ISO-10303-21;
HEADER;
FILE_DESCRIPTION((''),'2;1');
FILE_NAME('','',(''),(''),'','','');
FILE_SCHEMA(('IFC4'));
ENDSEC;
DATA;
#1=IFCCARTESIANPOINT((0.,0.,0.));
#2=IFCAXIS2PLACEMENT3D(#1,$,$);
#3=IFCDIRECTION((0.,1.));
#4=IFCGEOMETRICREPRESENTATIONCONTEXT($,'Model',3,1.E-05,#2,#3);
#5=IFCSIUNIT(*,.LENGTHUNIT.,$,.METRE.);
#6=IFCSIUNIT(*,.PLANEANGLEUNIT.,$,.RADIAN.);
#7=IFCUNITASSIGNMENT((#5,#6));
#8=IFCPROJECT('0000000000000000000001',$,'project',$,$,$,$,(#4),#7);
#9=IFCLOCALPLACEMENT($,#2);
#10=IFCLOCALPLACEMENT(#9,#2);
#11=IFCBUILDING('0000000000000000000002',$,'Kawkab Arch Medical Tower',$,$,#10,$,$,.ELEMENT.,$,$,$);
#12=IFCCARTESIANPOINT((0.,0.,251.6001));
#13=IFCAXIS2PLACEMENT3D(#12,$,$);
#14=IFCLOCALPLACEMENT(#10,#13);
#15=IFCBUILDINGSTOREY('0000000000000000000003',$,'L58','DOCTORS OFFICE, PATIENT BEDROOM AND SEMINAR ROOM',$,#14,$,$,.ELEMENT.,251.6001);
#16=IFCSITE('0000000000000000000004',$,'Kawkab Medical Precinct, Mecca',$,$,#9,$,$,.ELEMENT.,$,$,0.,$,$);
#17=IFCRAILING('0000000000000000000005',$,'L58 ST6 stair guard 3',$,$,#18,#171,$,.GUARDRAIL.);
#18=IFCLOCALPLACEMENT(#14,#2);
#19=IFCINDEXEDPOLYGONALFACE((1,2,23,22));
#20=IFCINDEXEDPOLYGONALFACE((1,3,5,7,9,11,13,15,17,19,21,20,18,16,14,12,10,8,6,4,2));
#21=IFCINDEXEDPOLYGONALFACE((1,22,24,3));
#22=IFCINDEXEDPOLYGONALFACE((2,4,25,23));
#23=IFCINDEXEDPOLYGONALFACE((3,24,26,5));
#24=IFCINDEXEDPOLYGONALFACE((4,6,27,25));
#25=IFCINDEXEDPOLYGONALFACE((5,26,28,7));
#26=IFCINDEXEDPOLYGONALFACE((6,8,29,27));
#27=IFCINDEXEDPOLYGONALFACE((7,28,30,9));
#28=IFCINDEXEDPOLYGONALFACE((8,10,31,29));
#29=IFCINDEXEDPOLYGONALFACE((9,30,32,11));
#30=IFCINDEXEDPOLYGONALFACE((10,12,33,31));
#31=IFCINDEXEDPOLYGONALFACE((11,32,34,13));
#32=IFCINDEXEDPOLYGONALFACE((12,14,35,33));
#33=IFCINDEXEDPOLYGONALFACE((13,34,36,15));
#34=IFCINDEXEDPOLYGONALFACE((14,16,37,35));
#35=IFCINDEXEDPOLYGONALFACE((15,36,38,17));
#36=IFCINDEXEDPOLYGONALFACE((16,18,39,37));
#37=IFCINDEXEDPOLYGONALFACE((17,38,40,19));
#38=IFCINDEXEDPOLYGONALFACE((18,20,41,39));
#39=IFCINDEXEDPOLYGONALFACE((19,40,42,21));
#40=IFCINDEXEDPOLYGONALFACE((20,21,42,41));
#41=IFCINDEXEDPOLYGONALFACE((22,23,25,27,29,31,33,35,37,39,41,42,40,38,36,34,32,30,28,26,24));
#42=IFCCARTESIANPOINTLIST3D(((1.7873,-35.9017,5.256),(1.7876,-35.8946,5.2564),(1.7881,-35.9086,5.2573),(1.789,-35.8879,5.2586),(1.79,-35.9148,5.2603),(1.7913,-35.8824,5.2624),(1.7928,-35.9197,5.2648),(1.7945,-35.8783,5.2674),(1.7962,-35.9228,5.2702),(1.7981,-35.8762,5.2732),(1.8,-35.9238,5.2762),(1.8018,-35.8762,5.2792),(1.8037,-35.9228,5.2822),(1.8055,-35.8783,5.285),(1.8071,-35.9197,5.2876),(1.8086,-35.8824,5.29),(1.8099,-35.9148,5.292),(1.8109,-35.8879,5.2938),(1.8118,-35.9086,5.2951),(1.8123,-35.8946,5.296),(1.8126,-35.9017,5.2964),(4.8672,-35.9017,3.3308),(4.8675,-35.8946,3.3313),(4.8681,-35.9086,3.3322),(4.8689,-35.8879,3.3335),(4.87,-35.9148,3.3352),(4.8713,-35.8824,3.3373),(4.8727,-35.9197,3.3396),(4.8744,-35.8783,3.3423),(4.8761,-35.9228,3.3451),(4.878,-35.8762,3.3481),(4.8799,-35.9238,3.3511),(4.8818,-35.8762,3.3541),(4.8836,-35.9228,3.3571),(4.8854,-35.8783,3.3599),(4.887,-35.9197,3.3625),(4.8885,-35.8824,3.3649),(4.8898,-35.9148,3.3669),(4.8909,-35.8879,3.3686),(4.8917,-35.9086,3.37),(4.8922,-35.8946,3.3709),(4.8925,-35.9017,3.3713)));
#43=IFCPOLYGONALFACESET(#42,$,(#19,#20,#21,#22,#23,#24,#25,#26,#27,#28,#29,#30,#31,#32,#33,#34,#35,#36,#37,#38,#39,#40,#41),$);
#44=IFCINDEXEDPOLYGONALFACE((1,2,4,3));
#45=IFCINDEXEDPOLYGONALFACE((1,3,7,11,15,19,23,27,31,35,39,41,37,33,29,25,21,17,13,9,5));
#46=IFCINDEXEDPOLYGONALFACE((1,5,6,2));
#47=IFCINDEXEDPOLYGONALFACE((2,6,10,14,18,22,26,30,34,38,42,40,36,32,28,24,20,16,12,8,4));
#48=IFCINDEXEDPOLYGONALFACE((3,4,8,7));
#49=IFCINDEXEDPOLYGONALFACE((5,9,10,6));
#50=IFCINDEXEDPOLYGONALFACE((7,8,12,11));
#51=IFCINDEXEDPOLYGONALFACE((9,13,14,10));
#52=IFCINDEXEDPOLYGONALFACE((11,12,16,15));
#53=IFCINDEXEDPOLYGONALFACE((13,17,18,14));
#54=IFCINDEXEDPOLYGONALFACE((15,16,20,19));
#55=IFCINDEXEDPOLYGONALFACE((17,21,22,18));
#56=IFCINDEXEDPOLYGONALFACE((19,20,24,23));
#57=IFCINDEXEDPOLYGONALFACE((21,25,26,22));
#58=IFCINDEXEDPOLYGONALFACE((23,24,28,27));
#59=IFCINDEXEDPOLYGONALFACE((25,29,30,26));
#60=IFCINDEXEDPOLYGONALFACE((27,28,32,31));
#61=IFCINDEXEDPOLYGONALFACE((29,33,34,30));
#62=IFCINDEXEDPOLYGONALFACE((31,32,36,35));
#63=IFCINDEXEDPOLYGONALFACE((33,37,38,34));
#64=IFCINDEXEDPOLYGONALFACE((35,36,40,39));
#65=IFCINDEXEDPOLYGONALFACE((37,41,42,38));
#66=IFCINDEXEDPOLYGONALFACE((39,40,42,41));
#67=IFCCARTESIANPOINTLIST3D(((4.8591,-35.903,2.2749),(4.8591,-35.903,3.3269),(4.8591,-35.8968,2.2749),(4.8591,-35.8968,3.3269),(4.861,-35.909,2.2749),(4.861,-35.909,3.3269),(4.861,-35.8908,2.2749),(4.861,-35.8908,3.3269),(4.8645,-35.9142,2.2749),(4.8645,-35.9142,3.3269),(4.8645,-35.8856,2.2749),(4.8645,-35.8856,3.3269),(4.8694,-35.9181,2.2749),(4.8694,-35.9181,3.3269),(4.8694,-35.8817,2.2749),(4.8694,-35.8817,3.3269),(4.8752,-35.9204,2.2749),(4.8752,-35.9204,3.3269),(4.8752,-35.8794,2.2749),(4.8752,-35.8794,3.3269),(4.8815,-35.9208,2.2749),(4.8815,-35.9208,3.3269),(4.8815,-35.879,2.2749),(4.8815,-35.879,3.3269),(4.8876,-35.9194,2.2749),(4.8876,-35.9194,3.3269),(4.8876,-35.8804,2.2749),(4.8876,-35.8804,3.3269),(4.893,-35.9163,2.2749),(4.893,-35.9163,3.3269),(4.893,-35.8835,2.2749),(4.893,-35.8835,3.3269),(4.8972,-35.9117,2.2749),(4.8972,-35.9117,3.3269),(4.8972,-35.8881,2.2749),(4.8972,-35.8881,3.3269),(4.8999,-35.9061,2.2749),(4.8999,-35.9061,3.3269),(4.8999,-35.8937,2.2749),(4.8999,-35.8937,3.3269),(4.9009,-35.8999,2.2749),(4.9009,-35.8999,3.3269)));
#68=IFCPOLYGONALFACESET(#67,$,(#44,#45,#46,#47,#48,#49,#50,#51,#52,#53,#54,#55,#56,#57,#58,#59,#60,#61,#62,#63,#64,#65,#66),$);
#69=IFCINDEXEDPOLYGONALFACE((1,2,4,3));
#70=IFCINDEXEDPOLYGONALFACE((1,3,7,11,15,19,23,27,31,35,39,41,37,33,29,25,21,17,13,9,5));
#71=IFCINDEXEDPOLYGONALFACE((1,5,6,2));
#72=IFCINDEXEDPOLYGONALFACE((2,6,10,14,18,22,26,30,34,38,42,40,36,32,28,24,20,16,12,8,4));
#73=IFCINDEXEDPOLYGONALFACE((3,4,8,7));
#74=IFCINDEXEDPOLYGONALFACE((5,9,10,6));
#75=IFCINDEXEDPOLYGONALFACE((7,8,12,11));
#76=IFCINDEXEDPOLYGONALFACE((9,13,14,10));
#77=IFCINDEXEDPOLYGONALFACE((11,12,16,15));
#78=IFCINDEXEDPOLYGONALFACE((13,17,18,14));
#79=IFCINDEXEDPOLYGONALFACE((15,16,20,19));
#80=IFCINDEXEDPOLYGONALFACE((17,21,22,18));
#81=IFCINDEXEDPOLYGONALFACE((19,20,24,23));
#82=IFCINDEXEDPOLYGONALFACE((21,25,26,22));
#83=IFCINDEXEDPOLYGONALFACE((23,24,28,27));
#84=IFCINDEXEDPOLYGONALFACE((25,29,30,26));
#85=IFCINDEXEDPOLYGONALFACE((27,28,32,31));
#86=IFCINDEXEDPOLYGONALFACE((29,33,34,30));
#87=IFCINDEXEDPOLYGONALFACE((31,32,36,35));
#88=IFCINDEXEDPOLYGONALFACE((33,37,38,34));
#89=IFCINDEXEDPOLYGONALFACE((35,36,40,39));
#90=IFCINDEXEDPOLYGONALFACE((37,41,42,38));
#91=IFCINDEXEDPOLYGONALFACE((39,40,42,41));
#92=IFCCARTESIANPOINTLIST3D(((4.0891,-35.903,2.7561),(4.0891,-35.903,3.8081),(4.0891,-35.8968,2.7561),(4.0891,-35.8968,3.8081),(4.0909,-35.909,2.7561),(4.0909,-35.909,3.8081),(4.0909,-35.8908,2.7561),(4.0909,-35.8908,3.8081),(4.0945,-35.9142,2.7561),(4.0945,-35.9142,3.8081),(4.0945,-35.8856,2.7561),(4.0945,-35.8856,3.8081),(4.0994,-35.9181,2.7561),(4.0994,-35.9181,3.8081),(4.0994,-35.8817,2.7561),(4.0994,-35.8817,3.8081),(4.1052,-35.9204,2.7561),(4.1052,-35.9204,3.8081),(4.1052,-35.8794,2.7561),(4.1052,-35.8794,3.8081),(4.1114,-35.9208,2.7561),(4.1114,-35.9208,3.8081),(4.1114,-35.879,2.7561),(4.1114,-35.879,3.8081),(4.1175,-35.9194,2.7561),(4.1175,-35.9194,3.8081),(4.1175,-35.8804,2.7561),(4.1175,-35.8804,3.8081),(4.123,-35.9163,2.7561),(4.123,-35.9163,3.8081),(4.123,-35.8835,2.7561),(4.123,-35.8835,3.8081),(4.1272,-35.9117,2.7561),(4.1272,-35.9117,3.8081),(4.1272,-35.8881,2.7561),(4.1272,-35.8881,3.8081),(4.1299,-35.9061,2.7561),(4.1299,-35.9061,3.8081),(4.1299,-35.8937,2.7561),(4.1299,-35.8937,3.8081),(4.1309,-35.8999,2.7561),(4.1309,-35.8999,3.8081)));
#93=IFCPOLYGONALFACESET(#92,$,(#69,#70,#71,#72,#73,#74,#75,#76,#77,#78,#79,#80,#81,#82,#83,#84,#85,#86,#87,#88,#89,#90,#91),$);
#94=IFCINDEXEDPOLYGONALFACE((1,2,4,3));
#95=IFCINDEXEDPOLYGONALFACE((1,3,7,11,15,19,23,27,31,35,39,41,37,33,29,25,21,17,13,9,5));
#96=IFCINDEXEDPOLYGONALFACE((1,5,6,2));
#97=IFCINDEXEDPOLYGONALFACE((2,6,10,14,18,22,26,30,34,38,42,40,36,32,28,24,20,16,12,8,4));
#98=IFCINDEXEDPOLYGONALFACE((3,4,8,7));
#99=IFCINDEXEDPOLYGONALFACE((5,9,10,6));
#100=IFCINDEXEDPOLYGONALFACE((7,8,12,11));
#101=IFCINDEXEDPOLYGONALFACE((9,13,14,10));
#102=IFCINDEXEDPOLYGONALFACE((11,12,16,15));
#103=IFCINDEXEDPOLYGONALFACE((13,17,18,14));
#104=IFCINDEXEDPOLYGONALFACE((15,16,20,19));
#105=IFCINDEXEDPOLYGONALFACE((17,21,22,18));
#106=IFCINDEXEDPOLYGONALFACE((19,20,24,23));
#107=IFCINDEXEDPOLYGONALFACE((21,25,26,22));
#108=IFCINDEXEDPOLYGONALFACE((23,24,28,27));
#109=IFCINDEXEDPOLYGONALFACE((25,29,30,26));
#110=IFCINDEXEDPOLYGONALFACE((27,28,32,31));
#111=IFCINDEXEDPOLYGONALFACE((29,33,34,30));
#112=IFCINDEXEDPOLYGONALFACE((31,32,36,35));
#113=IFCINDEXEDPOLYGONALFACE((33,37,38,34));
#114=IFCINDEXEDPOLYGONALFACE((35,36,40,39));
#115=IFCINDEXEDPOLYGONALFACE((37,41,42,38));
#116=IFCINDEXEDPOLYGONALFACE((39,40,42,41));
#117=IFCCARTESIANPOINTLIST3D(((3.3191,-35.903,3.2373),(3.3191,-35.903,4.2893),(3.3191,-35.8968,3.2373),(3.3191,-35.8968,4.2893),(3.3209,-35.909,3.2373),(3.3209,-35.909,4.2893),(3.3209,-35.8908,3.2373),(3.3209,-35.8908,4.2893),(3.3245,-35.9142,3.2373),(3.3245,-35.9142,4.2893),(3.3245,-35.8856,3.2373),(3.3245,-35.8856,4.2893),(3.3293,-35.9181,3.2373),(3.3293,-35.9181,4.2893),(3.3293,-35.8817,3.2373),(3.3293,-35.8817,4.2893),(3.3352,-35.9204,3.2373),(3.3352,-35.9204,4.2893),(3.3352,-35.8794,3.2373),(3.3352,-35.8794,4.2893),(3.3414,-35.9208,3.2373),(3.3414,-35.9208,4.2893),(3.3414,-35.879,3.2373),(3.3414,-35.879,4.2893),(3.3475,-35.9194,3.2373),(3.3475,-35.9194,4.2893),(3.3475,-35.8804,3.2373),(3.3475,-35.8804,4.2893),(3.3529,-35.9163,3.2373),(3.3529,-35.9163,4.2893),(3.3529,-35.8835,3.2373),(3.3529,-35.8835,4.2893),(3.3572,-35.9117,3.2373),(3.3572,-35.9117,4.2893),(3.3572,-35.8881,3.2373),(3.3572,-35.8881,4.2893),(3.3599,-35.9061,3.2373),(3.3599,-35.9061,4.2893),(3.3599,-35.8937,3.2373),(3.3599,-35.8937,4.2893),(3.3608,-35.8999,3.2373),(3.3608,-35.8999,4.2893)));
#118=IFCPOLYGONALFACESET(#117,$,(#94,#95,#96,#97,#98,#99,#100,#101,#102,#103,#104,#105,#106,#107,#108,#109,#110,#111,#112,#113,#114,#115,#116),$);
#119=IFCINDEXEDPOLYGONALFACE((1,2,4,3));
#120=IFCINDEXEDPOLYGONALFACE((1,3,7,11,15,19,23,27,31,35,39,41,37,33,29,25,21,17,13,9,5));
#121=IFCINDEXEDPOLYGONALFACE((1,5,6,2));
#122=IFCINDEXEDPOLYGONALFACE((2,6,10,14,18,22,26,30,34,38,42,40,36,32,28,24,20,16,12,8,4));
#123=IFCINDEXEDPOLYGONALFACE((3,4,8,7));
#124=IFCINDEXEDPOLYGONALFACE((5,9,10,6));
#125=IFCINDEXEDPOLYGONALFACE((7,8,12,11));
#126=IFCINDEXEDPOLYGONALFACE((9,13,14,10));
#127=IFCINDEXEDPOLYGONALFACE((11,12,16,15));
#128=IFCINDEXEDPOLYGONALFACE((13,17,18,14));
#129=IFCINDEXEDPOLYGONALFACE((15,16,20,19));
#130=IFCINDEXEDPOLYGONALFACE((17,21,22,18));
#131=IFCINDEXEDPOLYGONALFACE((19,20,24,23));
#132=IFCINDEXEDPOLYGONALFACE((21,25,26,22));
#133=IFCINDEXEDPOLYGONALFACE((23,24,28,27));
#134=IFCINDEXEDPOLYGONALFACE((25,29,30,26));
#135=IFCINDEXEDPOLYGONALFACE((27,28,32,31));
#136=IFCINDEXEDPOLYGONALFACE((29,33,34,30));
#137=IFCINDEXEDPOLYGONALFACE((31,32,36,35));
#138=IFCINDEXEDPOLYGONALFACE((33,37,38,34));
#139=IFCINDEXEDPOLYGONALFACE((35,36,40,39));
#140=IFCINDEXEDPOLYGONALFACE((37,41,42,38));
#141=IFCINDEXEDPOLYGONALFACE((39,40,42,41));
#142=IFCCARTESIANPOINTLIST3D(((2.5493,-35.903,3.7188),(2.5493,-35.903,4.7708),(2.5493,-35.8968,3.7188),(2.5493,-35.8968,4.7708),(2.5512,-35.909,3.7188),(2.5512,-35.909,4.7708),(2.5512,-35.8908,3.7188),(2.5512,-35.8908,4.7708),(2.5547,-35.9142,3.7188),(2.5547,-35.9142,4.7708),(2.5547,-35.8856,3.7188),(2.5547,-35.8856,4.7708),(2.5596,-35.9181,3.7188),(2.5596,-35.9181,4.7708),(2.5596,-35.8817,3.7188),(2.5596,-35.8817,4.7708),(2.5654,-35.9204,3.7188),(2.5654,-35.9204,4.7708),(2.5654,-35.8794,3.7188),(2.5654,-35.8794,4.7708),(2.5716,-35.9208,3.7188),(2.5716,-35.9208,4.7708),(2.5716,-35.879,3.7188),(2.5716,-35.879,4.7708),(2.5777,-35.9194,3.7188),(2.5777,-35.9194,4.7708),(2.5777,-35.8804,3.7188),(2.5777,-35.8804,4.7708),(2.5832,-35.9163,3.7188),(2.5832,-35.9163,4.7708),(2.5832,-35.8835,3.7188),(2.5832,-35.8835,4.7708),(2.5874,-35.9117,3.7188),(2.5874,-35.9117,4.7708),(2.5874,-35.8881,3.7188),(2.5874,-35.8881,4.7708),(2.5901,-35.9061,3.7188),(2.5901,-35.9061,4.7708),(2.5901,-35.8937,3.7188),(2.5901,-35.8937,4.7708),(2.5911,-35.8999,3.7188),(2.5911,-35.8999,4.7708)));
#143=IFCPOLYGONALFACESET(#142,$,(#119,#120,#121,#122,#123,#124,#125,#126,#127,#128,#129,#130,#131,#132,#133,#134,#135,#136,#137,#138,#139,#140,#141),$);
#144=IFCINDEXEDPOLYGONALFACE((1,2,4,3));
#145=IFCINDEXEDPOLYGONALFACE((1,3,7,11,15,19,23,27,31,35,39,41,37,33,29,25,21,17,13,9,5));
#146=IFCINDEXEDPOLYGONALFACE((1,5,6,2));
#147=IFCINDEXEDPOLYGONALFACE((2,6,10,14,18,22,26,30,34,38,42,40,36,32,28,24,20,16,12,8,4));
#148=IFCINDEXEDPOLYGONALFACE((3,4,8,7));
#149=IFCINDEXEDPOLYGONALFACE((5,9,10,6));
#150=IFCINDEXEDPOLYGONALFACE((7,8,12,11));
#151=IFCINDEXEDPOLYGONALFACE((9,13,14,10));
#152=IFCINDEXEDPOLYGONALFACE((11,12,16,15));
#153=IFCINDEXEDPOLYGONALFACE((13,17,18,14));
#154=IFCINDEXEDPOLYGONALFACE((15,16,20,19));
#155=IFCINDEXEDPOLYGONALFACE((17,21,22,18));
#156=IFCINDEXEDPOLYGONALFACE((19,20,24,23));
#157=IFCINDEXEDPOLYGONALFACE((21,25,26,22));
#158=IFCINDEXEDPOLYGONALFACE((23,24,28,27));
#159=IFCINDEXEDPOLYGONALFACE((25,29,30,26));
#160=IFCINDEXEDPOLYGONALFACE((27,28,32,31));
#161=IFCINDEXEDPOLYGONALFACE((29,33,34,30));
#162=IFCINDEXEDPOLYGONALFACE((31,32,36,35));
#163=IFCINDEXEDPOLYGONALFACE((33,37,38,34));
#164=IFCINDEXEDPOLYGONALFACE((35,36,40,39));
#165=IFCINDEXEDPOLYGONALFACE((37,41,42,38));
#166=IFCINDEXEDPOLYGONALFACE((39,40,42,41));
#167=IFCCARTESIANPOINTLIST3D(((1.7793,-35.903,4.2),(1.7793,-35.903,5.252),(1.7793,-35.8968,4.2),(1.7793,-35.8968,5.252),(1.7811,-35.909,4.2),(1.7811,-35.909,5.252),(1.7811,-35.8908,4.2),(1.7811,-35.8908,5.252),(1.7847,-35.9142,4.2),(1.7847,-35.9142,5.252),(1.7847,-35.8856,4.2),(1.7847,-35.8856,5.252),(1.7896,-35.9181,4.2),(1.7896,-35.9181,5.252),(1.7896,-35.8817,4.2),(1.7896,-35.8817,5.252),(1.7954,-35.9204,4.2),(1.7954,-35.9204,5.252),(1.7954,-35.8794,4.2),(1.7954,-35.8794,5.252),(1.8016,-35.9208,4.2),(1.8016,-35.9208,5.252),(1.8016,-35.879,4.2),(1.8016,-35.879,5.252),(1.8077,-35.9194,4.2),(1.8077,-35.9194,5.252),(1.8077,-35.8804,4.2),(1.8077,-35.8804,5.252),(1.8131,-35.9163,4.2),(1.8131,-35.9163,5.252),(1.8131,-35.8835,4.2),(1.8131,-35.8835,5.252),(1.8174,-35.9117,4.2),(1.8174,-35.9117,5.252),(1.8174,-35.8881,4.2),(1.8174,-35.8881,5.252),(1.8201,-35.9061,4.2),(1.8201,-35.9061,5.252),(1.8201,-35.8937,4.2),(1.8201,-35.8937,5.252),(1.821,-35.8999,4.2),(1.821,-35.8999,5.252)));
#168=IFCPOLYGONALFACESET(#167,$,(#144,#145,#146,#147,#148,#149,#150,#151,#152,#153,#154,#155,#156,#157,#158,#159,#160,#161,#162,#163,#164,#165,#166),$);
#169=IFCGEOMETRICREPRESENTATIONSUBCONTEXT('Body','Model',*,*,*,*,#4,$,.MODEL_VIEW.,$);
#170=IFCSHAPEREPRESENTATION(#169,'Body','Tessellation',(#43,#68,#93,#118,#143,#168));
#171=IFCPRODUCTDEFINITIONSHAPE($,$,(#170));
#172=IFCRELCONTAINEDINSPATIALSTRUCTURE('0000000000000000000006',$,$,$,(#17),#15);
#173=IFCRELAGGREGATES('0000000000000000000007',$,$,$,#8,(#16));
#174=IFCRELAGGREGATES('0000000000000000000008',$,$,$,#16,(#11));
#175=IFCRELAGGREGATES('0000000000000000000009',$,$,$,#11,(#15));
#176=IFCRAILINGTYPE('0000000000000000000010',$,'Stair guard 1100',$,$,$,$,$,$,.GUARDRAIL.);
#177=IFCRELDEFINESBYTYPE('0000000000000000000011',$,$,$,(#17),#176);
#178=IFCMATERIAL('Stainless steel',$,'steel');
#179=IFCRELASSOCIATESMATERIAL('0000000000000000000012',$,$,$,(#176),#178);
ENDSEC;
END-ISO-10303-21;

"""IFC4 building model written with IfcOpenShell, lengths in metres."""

from ifc_helpers import new_model, si_unit, direction, frame, origin, origin_2d, place, context, subcontext, project, spatial, circle, extrude, material, type_object, element, save


model = new_model("IFC4")

# Units and contexts
model_context = context("Model", 3, precision=1e-05, world=origin(), true_north=direction((0.0, 1.0)))
body_context = subcontext(model_context, "Body", "Model", "MODEL_VIEW")
ifc_project = project(units=[si_unit("LENGTHUNIT", "METRE"), si_unit("PLANEANGLEUNIT", "RADIAN")], contexts=[model_context])

# Site, building, storey
site_placement = place(None, origin())
site = spatial("IfcSite", under=ifc_project, at=site_placement, Name="Kawkab Medical Precinct, Mecca", CompositionType="ELEMENT", RefElevation=0.0)
building_placement = place(site_placement, origin())
building = spatial("IfcBuilding", under=site, at=building_placement, Name="Kawkab Arch Medical Tower", CompositionType="ELEMENT")
storey_placement = place(building_placement, frame((0.0, 0.0, 251.6001)))
storey = spatial("IfcBuildingStorey", under=building, at=storey_placement, Name="L58", Description="DOCTORS OFFICE, PATIENT BEDROOM AND SEMINAR ROOM", CompositionType="ELEMENT", Elevation=251.6001)

# Railing
ifc_material_1 = material(Name="Stainless steel", Category="steel")
railing_type = type_object("IfcRailingType", Name="Stair guard 1100", PredefinedType="GUARDRAIL", material=ifc_material_1)
railing_1_placement = place(storey_placement, frame((4.8799, -35.8999, 2.2749)))
element("IfcRailing", 1, at=railing_1_placement, inside=storey, type_object=railing_type, Name="L58 ST6 stair guard 3", PredefinedType="GUARDRAIL", context=body_context, shape_type="SweptSolid", body=[
    extrude(circle(Radius=0.0239, at=origin_2d()), frame((0.0, 0.0, 1.0762), z_axis=(-0.847979, 0.0, 0.530029), x_axis=(0.0, -1.0, 0.0)), (0.0, 0.0, 1.0), 3.6321),
    extrude(circle(Radius=0.021, at=origin_2d()), origin(), (0.0, 0.0, 1.0), 1.052),
    extrude(circle(Radius=0.021, at=origin_2d()), frame((-0.77, 0.0, 0.4812)), (0.0, 0.0, 1.0), 1.052),
    extrude(circle(Radius=0.021, at=origin_2d()), frame((-1.54, 0.0, 0.9624)), (0.0, 0.0, 1.0), 1.052),
    extrude(circle(Radius=0.021, at=origin_2d()), frame((-2.3098, 0.0, 1.4438)), (0.0, 0.0, 1.0), 1.052),
    extrude(circle(Radius=0.021, at=origin_2d()), frame((-3.0798, 0.0, 1.925)), (0.0, 0.0, 1.0), 1.052),
])

save(model, "model.ifc")
